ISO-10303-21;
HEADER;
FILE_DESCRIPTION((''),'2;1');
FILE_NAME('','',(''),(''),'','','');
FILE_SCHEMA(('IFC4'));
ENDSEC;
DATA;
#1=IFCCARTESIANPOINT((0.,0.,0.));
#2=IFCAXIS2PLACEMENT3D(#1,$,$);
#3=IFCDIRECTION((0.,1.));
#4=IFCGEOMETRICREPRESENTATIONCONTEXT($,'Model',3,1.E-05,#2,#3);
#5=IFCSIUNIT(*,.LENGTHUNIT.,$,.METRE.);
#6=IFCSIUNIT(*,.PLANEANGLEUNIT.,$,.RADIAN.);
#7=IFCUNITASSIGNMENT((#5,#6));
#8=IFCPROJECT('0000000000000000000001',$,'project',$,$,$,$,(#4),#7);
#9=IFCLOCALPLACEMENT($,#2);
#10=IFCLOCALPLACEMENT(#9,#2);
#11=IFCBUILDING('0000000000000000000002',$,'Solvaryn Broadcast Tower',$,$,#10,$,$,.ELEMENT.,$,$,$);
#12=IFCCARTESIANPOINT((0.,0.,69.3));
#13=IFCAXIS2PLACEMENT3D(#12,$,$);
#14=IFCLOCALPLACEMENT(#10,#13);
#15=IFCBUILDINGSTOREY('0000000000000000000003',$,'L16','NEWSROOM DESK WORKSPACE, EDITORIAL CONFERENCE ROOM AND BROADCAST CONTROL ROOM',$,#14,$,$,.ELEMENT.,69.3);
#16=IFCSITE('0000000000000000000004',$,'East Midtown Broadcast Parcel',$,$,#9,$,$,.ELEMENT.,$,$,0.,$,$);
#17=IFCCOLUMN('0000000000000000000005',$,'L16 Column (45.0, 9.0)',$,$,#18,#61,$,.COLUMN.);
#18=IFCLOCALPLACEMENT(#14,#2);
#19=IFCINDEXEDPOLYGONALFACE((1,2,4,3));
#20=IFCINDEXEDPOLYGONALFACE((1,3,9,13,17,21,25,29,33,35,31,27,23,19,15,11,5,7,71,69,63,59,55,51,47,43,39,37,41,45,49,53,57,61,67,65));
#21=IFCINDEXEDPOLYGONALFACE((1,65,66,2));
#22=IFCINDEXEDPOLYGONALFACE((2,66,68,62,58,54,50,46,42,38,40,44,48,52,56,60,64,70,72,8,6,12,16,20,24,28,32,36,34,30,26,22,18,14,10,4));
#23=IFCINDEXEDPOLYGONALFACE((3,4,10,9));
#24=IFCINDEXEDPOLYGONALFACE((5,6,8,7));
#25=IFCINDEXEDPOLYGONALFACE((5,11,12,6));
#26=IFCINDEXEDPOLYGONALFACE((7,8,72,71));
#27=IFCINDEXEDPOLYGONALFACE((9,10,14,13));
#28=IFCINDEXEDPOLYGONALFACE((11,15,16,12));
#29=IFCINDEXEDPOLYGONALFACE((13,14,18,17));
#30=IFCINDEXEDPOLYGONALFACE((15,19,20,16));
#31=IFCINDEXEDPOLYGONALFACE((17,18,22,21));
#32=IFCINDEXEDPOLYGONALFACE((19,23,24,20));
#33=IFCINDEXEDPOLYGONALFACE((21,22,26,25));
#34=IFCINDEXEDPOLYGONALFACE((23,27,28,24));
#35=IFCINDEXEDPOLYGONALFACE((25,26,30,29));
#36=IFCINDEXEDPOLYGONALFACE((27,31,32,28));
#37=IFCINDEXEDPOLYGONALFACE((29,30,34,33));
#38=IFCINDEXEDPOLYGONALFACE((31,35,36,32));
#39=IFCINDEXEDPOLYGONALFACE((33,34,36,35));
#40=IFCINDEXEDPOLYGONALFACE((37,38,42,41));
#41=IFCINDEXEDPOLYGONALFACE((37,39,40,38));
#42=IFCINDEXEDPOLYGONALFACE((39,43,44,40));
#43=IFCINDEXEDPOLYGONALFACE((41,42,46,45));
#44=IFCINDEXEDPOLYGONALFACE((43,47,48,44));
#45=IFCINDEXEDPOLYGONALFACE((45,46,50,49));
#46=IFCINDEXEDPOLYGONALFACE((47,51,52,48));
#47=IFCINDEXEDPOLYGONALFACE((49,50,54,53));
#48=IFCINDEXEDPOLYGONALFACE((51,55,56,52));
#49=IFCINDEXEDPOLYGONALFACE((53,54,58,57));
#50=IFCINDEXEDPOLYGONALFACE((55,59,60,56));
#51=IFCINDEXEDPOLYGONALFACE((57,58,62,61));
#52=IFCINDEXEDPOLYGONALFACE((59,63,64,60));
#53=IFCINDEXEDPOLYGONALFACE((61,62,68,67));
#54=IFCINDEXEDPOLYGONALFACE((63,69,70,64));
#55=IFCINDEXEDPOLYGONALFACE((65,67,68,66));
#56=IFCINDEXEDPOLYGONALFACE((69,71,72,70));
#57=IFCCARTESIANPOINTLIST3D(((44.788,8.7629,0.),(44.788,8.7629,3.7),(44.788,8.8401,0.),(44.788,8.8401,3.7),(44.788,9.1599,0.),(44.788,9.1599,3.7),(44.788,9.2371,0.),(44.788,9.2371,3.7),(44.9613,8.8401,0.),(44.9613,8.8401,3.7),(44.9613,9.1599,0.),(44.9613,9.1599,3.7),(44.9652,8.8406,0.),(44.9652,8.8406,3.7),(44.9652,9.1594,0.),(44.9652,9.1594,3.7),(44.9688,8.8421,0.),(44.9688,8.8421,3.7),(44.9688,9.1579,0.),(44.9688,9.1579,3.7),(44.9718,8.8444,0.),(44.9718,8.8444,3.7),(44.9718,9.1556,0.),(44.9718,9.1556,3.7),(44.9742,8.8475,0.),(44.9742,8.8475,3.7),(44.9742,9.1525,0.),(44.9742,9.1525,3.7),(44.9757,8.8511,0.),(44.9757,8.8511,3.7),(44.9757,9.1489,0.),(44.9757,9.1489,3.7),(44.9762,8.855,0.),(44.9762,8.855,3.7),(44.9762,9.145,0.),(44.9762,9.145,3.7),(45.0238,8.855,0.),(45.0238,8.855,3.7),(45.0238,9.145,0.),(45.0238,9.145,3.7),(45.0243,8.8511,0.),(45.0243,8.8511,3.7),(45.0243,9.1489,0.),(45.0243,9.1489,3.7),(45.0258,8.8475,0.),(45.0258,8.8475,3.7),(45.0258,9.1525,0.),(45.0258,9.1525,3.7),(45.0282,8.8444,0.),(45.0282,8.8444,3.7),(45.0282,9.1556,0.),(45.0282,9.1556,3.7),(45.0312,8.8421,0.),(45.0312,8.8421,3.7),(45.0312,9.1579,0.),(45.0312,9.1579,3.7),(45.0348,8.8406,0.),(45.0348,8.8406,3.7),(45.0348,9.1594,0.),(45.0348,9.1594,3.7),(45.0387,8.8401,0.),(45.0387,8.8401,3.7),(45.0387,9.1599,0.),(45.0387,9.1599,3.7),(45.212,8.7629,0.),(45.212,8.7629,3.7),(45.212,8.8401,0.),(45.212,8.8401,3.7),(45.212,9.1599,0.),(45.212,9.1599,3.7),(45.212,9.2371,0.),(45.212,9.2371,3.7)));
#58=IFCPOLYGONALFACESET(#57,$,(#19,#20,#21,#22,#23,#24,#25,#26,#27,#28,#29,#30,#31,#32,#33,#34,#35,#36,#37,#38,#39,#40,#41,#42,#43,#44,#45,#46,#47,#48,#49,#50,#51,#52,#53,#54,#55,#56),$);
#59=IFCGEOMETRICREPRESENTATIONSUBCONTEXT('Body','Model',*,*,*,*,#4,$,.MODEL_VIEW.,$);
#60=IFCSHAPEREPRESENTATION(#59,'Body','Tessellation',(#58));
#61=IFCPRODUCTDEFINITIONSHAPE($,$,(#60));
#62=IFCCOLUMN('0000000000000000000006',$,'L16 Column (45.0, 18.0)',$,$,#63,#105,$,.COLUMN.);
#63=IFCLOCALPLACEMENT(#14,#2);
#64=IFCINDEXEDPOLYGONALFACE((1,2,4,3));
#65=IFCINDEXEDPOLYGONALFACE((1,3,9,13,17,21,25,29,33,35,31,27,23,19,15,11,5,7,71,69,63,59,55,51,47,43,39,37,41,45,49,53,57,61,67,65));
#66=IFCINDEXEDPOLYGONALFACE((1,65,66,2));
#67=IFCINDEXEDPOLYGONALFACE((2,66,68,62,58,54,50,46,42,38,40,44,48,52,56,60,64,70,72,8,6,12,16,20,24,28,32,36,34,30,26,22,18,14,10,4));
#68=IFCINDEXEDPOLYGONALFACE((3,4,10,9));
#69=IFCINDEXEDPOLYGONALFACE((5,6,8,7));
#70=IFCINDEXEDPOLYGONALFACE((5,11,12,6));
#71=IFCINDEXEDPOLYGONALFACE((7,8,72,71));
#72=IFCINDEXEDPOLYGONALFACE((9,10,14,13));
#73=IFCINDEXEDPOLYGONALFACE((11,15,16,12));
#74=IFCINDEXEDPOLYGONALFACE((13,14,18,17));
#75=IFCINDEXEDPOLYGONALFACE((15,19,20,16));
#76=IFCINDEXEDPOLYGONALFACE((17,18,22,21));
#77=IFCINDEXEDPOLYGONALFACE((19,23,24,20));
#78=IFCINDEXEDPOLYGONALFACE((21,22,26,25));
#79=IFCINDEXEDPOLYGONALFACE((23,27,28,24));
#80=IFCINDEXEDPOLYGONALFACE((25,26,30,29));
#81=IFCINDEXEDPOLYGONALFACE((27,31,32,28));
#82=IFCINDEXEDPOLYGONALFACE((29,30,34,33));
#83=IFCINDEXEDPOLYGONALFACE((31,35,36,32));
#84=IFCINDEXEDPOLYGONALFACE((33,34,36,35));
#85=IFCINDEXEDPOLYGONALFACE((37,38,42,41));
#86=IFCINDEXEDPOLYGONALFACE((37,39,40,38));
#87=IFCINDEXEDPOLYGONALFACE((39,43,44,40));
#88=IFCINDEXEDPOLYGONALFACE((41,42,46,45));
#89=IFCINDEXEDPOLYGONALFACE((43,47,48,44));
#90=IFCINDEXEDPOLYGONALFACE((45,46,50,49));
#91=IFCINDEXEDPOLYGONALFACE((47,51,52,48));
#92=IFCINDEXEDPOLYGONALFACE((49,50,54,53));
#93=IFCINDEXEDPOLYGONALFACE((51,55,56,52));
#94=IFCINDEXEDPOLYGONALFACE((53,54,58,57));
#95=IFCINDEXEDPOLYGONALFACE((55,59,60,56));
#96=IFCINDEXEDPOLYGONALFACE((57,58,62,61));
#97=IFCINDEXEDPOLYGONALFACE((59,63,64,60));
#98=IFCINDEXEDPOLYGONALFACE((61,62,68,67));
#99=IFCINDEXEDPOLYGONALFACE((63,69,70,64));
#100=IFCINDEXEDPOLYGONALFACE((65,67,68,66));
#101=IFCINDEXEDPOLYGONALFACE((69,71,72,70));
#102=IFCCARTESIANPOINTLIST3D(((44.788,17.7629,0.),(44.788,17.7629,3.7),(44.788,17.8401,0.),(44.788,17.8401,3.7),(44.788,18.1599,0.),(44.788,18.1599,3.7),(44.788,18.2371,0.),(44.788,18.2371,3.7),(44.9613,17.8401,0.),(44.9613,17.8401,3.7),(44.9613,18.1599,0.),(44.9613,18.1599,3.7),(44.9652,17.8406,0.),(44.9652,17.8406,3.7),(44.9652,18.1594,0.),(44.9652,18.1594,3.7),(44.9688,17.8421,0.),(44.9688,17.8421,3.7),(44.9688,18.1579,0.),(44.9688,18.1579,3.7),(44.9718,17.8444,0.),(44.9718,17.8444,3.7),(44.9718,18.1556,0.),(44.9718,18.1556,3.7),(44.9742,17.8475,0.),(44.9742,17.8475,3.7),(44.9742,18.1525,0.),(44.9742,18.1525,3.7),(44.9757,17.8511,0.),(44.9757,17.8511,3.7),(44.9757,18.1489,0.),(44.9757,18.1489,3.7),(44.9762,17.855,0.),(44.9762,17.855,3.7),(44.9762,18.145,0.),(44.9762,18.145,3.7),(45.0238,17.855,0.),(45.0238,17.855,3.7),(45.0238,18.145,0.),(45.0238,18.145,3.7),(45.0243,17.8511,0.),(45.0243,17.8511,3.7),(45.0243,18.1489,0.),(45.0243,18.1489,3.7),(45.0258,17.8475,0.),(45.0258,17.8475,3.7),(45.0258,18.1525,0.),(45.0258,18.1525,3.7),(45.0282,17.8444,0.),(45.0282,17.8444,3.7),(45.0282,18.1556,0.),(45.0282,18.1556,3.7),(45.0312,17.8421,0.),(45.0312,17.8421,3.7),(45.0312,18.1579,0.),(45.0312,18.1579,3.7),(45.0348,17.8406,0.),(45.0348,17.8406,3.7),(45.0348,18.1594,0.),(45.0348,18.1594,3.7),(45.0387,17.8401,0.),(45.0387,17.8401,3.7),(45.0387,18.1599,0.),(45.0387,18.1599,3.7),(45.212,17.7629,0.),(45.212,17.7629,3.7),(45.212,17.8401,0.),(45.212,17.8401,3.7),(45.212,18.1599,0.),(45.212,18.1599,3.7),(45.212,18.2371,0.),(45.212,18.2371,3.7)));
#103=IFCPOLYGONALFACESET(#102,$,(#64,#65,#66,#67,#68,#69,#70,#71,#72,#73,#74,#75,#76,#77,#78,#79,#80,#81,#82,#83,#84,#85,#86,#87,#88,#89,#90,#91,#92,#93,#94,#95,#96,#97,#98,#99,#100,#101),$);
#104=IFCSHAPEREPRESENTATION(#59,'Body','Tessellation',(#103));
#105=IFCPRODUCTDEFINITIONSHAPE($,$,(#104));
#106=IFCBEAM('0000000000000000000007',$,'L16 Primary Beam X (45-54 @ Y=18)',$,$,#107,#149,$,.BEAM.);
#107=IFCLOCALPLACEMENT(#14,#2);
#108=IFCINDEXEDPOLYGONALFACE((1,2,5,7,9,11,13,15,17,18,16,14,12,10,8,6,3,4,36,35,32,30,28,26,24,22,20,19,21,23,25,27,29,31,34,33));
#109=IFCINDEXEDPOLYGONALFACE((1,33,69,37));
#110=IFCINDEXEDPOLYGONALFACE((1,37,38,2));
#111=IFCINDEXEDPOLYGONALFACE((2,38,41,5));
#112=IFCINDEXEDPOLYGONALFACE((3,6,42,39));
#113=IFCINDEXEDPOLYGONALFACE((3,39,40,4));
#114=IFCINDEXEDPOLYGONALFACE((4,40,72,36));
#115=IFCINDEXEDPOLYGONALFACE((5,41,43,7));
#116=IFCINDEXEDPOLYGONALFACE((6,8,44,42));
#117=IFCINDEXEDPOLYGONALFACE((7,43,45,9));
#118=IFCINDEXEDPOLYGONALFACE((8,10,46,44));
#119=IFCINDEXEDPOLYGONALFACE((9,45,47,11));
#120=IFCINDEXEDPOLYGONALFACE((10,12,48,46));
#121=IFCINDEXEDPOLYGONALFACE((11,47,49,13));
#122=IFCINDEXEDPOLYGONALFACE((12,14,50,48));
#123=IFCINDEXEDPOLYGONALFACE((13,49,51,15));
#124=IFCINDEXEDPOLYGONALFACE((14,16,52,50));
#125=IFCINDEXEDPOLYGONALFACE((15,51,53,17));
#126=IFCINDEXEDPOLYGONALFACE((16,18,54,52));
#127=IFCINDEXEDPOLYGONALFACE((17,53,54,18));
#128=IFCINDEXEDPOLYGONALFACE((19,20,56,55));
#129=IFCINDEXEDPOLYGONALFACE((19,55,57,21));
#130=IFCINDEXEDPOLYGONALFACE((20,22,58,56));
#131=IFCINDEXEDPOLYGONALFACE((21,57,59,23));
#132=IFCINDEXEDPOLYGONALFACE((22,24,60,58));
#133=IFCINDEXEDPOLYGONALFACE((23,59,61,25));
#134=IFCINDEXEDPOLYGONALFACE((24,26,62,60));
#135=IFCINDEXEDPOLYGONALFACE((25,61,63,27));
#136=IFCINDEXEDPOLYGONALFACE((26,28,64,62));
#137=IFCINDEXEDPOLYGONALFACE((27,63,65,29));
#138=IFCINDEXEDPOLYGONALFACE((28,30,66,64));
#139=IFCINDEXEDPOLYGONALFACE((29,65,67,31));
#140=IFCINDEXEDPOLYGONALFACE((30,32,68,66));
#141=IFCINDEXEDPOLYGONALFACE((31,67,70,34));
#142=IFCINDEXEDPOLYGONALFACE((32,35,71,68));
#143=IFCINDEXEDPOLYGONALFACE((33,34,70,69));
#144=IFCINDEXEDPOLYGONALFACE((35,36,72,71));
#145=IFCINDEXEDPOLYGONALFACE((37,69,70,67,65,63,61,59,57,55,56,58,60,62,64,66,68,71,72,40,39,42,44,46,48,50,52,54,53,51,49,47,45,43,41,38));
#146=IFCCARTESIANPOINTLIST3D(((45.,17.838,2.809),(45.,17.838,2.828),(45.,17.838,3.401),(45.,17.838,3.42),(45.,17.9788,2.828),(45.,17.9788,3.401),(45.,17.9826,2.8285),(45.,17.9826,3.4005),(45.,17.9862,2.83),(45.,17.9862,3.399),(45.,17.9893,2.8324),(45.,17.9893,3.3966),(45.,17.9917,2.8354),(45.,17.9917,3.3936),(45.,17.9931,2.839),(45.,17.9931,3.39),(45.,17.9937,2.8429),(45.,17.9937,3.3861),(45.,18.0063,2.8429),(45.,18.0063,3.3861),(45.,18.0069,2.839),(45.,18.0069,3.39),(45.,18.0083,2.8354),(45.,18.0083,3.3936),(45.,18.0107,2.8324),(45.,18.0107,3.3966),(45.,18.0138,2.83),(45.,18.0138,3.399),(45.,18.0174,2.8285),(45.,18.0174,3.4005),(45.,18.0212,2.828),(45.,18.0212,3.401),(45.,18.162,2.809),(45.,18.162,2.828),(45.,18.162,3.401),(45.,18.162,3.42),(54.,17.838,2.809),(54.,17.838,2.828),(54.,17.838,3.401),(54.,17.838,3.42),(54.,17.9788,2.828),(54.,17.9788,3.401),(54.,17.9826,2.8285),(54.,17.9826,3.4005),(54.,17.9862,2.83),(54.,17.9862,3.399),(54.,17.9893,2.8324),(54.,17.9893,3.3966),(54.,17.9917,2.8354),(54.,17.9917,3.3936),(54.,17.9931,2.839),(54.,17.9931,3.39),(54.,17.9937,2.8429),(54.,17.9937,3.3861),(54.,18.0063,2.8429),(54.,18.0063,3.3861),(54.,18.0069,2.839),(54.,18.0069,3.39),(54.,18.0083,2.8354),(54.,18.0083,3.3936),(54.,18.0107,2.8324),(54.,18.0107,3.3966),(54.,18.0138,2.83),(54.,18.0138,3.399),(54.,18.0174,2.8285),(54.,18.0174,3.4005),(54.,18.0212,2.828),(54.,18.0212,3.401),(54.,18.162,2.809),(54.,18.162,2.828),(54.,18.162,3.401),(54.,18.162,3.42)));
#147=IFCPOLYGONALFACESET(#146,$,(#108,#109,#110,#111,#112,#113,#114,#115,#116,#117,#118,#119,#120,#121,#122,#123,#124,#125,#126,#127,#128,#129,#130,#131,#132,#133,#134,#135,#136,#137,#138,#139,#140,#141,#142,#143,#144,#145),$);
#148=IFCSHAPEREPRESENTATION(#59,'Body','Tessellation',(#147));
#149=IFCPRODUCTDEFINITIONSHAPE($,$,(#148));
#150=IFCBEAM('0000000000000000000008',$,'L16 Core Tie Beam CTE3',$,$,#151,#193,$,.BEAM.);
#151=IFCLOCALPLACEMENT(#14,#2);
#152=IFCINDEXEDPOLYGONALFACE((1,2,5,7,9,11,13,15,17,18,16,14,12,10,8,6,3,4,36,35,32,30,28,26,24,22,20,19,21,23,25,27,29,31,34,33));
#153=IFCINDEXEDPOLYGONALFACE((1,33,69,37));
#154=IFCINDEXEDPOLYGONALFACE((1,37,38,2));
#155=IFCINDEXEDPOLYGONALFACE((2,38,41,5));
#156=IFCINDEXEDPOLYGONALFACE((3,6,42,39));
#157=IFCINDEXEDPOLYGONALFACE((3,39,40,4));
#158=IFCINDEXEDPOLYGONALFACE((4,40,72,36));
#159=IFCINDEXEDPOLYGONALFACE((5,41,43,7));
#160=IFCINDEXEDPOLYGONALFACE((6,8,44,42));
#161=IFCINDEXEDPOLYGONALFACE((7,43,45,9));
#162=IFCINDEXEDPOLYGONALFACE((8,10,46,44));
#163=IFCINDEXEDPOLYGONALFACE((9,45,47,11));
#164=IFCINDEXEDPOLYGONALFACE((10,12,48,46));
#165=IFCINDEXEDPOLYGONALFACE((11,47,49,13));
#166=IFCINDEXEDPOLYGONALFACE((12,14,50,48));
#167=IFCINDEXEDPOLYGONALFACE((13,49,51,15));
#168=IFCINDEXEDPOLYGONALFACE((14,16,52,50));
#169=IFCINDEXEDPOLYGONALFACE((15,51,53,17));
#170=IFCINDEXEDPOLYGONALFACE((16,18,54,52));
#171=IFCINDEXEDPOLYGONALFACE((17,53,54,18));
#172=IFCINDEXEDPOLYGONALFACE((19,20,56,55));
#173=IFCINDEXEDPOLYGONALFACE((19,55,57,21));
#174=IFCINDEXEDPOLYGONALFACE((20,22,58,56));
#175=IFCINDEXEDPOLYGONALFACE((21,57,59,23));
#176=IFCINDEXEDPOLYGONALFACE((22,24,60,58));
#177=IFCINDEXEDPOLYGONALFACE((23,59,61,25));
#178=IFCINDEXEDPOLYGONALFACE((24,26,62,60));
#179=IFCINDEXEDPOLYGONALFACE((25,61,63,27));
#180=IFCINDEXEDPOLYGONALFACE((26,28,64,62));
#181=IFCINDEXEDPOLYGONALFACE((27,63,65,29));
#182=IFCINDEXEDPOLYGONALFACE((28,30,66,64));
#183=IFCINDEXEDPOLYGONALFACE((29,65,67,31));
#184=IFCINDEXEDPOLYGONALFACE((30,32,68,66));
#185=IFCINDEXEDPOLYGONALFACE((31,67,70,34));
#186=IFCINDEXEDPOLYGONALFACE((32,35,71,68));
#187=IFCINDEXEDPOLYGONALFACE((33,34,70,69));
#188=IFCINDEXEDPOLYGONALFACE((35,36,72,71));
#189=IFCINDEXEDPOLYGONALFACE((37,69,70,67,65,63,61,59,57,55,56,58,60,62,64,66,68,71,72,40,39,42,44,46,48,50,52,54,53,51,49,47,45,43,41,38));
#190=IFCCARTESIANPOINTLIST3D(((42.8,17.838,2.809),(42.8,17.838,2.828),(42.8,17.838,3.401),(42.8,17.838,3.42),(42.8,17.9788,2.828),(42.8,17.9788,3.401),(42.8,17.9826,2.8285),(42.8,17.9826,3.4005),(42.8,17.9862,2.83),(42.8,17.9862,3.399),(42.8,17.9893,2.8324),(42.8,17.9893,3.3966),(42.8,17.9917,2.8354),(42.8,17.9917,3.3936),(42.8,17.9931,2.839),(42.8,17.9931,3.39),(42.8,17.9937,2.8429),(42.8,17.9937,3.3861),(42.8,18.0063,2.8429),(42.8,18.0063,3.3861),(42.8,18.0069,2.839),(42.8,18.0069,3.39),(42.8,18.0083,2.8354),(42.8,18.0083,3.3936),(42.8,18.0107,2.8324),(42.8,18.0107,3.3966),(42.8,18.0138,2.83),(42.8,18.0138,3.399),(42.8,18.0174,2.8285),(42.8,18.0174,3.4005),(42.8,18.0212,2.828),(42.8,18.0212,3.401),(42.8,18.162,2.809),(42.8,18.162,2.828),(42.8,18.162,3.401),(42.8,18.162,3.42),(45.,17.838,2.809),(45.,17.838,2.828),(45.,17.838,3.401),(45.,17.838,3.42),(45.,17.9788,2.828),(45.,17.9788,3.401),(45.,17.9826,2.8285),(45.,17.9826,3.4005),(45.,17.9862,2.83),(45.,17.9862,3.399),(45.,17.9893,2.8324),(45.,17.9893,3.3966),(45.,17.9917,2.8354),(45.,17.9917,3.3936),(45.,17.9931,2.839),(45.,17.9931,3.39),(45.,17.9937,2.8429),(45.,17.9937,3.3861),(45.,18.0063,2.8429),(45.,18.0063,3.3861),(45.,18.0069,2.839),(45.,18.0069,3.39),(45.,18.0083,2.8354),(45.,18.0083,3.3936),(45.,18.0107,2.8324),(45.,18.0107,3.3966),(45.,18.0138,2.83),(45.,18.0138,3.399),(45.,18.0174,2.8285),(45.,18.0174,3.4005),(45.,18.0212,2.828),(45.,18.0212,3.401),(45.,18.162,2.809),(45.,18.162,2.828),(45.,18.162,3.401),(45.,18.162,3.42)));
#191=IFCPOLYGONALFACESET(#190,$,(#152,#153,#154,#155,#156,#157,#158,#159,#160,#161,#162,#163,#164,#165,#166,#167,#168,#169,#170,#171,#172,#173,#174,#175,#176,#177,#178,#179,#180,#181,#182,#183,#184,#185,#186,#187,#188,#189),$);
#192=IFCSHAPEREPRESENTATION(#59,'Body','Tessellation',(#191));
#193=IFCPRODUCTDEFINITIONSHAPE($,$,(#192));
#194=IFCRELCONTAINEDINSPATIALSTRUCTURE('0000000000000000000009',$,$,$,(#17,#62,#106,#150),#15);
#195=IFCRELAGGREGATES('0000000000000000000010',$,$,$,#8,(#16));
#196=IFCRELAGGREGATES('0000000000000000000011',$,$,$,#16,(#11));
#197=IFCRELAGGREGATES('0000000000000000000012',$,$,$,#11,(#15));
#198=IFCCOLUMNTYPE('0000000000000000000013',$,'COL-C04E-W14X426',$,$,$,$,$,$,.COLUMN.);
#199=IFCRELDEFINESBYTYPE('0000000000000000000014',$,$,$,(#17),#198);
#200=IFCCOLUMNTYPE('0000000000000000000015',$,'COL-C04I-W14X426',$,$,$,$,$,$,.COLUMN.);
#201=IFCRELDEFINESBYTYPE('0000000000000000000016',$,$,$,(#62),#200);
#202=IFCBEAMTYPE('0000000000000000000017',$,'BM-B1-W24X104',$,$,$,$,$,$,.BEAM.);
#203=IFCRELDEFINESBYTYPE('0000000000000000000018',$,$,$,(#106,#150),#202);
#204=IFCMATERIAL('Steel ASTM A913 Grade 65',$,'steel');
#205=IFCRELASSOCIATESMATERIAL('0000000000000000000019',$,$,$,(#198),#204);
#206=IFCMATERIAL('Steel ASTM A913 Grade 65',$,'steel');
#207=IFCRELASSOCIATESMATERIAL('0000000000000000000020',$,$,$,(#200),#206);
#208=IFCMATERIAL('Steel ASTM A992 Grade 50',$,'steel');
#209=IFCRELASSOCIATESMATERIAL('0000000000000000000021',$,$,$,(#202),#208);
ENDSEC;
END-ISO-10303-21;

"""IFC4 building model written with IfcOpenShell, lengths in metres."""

from ifc_helpers import new_model, si_unit, direction, frame, origin, origin_2d, place, context, subcontext, project, spatial, i_section, extrude, material, material_profile, profile_set, type_object, element, save


model = new_model("IFC4")

# Units and contexts
model_context = context("Model", 3, precision=1e-05, world=origin(), true_north=direction((0.0, 1.0)))
body_context = subcontext(model_context, "Body", "Model", "MODEL_VIEW")
ifc_project = project(units=[si_unit("LENGTHUNIT", "METRE"), si_unit("PLANEANGLEUNIT", "RADIAN")], contexts=[model_context])

# Site, building, storey
site_placement = place(None, origin())
site = spatial("IfcSite", under=ifc_project, at=site_placement, Name="East Midtown Broadcast Parcel", CompositionType="ELEMENT", RefElevation=0.0)
building_placement = place(site_placement, origin())
building = spatial("IfcBuilding", under=site, at=building_placement, Name="Solvaryn Broadcast Tower", CompositionType="ELEMENT")
storey_placement = place(building_placement, frame((0.0, 0.0, 69.3)))
storey = spatial("IfcBuildingStorey", under=building, at=storey_placement, Name="L16", Description="NEWSROOM DESK WORKSPACE, EDITORIAL CONFERENCE ROOM AND BROADCAST CONTROL ROOM", CompositionType="ELEMENT", Elevation=69.3)

# Columns
ifc_material_1 = material(Name="Steel ASTM A913 Grade 65", Category="steel")
ifc_material_profile_1 = material_profile(ifc_material_1, i_section(OverallWidth=0.4241, OverallDepth=0.4741, WebThickness=0.0476, FlangeThickness=0.0771, FilletRadius=0.0149, at=origin_2d()))
ifc_profile_set_1 = profile_set([ifc_material_profile_1], Name="Steel ASTM A913 Grade 65")
column_type_1 = type_object("IfcColumnType", Name="COL-C04E-W14X426", PredefinedType="COLUMN", material=ifc_profile_set_1)
column_1_placement = place(storey_placement, frame((45.0, 9.0, 0.0), z_axis=(0.0, 0.0, 1.0), x_axis=(1.0, 0.0, 0.0)))
element("IfcColumn", 1, at=column_1_placement, inside=storey, type_object=column_type_1, Name="L16 Column (45.0, 9.0)", PredefinedType="COLUMN", context=body_context, shape_type="SweptSolid", body=[
    extrude(i_section(OverallWidth=0.4241, OverallDepth=0.4741, WebThickness=0.0476, FlangeThickness=0.0771, FilletRadius=0.0149, at=origin_2d()), origin(), (0.0, 0.0, 1.0), 3.7),
])
ifc_material_2 = material(Name="Steel ASTM A913 Grade 65", Category="steel")
ifc_material_profile_2 = material_profile(ifc_material_2, i_section(OverallWidth=0.4241, OverallDepth=0.4741, WebThickness=0.0476, FlangeThickness=0.0771, FilletRadius=0.0149, at=origin_2d()))
ifc_profile_set_2 = profile_set([ifc_material_profile_2], Name="Steel ASTM A913 Grade 65")
column_type_2 = type_object("IfcColumnType", Name="COL-C04I-W14X426", PredefinedType="COLUMN", material=ifc_profile_set_2)
column_2_placement = place(storey_placement, frame((45.0, 18.0, 0.0), z_axis=(0.0, 0.0, 1.0), x_axis=(1.0, 0.0, 0.0)))
element("IfcColumn", 2, at=column_2_placement, inside=storey, type_object=column_type_2, Name="L16 Column (45.0, 18.0)", PredefinedType="COLUMN", context=body_context, shape_type="SweptSolid", body=[
    extrude(i_section(OverallWidth=0.4241, OverallDepth=0.4741, WebThickness=0.0476, FlangeThickness=0.0771, FilletRadius=0.0149, at=origin_2d()), origin(), (0.0, 0.0, 1.0), 3.7),
])

# Beams
ifc_material_3 = material(Name="Steel ASTM A992 Grade 50", Category="steel")
ifc_material_profile_3 = material_profile(ifc_material_3, i_section(OverallWidth=0.324, OverallDepth=0.6111, WebThickness=0.0127, FlangeThickness=0.019, FilletRadius=0.0149, at=origin_2d()))
ifc_profile_set_3 = profile_set([ifc_material_profile_3], Name="Steel ASTM A992 Grade 50")
beam_type_1 = type_object("IfcBeamType", Name="BM-B1-W24X104", PredefinedType="BEAM", material=ifc_profile_set_3)
beam_1_placement = place(storey_placement, frame((45.0, 18.0, 3.1145), z_axis=(1.0, 0.0, 0.0), x_axis=(0.0, 1.0, 0.0)))
element("IfcBeam", 3, at=beam_1_placement, inside=storey, type_object=beam_type_1, Name="L16 Primary Beam X (45-54 @ Y=18)", PredefinedType="BEAM", context=body_context, shape_type="SweptSolid", body=[
    extrude(i_section(OverallWidth=0.324, OverallDepth=0.6111, WebThickness=0.0127, FlangeThickness=0.019, FilletRadius=0.0149, at=origin_2d()), origin(), (0.0, 0.0, 1.0), 9.0),
])
beam_2_placement = place(storey_placement, frame((42.8, 18.0, 3.1145), z_axis=(1.0, 0.0, 0.0), x_axis=(0.0, 1.0, 0.0)))
element("IfcBeam", 4, at=beam_2_placement, inside=storey, type_object=beam_type_1, Name="L16 Core Tie Beam CTE3", PredefinedType="BEAM", context=body_context, shape_type="SweptSolid", body=[
    extrude(i_section(OverallWidth=0.324, OverallDepth=0.6111, WebThickness=0.0127, FlangeThickness=0.019, FilletRadius=0.0149, at=origin_2d()), origin(), (0.0, 0.0, 1.0), 2.2),
])

save(model, "model.ifc")
